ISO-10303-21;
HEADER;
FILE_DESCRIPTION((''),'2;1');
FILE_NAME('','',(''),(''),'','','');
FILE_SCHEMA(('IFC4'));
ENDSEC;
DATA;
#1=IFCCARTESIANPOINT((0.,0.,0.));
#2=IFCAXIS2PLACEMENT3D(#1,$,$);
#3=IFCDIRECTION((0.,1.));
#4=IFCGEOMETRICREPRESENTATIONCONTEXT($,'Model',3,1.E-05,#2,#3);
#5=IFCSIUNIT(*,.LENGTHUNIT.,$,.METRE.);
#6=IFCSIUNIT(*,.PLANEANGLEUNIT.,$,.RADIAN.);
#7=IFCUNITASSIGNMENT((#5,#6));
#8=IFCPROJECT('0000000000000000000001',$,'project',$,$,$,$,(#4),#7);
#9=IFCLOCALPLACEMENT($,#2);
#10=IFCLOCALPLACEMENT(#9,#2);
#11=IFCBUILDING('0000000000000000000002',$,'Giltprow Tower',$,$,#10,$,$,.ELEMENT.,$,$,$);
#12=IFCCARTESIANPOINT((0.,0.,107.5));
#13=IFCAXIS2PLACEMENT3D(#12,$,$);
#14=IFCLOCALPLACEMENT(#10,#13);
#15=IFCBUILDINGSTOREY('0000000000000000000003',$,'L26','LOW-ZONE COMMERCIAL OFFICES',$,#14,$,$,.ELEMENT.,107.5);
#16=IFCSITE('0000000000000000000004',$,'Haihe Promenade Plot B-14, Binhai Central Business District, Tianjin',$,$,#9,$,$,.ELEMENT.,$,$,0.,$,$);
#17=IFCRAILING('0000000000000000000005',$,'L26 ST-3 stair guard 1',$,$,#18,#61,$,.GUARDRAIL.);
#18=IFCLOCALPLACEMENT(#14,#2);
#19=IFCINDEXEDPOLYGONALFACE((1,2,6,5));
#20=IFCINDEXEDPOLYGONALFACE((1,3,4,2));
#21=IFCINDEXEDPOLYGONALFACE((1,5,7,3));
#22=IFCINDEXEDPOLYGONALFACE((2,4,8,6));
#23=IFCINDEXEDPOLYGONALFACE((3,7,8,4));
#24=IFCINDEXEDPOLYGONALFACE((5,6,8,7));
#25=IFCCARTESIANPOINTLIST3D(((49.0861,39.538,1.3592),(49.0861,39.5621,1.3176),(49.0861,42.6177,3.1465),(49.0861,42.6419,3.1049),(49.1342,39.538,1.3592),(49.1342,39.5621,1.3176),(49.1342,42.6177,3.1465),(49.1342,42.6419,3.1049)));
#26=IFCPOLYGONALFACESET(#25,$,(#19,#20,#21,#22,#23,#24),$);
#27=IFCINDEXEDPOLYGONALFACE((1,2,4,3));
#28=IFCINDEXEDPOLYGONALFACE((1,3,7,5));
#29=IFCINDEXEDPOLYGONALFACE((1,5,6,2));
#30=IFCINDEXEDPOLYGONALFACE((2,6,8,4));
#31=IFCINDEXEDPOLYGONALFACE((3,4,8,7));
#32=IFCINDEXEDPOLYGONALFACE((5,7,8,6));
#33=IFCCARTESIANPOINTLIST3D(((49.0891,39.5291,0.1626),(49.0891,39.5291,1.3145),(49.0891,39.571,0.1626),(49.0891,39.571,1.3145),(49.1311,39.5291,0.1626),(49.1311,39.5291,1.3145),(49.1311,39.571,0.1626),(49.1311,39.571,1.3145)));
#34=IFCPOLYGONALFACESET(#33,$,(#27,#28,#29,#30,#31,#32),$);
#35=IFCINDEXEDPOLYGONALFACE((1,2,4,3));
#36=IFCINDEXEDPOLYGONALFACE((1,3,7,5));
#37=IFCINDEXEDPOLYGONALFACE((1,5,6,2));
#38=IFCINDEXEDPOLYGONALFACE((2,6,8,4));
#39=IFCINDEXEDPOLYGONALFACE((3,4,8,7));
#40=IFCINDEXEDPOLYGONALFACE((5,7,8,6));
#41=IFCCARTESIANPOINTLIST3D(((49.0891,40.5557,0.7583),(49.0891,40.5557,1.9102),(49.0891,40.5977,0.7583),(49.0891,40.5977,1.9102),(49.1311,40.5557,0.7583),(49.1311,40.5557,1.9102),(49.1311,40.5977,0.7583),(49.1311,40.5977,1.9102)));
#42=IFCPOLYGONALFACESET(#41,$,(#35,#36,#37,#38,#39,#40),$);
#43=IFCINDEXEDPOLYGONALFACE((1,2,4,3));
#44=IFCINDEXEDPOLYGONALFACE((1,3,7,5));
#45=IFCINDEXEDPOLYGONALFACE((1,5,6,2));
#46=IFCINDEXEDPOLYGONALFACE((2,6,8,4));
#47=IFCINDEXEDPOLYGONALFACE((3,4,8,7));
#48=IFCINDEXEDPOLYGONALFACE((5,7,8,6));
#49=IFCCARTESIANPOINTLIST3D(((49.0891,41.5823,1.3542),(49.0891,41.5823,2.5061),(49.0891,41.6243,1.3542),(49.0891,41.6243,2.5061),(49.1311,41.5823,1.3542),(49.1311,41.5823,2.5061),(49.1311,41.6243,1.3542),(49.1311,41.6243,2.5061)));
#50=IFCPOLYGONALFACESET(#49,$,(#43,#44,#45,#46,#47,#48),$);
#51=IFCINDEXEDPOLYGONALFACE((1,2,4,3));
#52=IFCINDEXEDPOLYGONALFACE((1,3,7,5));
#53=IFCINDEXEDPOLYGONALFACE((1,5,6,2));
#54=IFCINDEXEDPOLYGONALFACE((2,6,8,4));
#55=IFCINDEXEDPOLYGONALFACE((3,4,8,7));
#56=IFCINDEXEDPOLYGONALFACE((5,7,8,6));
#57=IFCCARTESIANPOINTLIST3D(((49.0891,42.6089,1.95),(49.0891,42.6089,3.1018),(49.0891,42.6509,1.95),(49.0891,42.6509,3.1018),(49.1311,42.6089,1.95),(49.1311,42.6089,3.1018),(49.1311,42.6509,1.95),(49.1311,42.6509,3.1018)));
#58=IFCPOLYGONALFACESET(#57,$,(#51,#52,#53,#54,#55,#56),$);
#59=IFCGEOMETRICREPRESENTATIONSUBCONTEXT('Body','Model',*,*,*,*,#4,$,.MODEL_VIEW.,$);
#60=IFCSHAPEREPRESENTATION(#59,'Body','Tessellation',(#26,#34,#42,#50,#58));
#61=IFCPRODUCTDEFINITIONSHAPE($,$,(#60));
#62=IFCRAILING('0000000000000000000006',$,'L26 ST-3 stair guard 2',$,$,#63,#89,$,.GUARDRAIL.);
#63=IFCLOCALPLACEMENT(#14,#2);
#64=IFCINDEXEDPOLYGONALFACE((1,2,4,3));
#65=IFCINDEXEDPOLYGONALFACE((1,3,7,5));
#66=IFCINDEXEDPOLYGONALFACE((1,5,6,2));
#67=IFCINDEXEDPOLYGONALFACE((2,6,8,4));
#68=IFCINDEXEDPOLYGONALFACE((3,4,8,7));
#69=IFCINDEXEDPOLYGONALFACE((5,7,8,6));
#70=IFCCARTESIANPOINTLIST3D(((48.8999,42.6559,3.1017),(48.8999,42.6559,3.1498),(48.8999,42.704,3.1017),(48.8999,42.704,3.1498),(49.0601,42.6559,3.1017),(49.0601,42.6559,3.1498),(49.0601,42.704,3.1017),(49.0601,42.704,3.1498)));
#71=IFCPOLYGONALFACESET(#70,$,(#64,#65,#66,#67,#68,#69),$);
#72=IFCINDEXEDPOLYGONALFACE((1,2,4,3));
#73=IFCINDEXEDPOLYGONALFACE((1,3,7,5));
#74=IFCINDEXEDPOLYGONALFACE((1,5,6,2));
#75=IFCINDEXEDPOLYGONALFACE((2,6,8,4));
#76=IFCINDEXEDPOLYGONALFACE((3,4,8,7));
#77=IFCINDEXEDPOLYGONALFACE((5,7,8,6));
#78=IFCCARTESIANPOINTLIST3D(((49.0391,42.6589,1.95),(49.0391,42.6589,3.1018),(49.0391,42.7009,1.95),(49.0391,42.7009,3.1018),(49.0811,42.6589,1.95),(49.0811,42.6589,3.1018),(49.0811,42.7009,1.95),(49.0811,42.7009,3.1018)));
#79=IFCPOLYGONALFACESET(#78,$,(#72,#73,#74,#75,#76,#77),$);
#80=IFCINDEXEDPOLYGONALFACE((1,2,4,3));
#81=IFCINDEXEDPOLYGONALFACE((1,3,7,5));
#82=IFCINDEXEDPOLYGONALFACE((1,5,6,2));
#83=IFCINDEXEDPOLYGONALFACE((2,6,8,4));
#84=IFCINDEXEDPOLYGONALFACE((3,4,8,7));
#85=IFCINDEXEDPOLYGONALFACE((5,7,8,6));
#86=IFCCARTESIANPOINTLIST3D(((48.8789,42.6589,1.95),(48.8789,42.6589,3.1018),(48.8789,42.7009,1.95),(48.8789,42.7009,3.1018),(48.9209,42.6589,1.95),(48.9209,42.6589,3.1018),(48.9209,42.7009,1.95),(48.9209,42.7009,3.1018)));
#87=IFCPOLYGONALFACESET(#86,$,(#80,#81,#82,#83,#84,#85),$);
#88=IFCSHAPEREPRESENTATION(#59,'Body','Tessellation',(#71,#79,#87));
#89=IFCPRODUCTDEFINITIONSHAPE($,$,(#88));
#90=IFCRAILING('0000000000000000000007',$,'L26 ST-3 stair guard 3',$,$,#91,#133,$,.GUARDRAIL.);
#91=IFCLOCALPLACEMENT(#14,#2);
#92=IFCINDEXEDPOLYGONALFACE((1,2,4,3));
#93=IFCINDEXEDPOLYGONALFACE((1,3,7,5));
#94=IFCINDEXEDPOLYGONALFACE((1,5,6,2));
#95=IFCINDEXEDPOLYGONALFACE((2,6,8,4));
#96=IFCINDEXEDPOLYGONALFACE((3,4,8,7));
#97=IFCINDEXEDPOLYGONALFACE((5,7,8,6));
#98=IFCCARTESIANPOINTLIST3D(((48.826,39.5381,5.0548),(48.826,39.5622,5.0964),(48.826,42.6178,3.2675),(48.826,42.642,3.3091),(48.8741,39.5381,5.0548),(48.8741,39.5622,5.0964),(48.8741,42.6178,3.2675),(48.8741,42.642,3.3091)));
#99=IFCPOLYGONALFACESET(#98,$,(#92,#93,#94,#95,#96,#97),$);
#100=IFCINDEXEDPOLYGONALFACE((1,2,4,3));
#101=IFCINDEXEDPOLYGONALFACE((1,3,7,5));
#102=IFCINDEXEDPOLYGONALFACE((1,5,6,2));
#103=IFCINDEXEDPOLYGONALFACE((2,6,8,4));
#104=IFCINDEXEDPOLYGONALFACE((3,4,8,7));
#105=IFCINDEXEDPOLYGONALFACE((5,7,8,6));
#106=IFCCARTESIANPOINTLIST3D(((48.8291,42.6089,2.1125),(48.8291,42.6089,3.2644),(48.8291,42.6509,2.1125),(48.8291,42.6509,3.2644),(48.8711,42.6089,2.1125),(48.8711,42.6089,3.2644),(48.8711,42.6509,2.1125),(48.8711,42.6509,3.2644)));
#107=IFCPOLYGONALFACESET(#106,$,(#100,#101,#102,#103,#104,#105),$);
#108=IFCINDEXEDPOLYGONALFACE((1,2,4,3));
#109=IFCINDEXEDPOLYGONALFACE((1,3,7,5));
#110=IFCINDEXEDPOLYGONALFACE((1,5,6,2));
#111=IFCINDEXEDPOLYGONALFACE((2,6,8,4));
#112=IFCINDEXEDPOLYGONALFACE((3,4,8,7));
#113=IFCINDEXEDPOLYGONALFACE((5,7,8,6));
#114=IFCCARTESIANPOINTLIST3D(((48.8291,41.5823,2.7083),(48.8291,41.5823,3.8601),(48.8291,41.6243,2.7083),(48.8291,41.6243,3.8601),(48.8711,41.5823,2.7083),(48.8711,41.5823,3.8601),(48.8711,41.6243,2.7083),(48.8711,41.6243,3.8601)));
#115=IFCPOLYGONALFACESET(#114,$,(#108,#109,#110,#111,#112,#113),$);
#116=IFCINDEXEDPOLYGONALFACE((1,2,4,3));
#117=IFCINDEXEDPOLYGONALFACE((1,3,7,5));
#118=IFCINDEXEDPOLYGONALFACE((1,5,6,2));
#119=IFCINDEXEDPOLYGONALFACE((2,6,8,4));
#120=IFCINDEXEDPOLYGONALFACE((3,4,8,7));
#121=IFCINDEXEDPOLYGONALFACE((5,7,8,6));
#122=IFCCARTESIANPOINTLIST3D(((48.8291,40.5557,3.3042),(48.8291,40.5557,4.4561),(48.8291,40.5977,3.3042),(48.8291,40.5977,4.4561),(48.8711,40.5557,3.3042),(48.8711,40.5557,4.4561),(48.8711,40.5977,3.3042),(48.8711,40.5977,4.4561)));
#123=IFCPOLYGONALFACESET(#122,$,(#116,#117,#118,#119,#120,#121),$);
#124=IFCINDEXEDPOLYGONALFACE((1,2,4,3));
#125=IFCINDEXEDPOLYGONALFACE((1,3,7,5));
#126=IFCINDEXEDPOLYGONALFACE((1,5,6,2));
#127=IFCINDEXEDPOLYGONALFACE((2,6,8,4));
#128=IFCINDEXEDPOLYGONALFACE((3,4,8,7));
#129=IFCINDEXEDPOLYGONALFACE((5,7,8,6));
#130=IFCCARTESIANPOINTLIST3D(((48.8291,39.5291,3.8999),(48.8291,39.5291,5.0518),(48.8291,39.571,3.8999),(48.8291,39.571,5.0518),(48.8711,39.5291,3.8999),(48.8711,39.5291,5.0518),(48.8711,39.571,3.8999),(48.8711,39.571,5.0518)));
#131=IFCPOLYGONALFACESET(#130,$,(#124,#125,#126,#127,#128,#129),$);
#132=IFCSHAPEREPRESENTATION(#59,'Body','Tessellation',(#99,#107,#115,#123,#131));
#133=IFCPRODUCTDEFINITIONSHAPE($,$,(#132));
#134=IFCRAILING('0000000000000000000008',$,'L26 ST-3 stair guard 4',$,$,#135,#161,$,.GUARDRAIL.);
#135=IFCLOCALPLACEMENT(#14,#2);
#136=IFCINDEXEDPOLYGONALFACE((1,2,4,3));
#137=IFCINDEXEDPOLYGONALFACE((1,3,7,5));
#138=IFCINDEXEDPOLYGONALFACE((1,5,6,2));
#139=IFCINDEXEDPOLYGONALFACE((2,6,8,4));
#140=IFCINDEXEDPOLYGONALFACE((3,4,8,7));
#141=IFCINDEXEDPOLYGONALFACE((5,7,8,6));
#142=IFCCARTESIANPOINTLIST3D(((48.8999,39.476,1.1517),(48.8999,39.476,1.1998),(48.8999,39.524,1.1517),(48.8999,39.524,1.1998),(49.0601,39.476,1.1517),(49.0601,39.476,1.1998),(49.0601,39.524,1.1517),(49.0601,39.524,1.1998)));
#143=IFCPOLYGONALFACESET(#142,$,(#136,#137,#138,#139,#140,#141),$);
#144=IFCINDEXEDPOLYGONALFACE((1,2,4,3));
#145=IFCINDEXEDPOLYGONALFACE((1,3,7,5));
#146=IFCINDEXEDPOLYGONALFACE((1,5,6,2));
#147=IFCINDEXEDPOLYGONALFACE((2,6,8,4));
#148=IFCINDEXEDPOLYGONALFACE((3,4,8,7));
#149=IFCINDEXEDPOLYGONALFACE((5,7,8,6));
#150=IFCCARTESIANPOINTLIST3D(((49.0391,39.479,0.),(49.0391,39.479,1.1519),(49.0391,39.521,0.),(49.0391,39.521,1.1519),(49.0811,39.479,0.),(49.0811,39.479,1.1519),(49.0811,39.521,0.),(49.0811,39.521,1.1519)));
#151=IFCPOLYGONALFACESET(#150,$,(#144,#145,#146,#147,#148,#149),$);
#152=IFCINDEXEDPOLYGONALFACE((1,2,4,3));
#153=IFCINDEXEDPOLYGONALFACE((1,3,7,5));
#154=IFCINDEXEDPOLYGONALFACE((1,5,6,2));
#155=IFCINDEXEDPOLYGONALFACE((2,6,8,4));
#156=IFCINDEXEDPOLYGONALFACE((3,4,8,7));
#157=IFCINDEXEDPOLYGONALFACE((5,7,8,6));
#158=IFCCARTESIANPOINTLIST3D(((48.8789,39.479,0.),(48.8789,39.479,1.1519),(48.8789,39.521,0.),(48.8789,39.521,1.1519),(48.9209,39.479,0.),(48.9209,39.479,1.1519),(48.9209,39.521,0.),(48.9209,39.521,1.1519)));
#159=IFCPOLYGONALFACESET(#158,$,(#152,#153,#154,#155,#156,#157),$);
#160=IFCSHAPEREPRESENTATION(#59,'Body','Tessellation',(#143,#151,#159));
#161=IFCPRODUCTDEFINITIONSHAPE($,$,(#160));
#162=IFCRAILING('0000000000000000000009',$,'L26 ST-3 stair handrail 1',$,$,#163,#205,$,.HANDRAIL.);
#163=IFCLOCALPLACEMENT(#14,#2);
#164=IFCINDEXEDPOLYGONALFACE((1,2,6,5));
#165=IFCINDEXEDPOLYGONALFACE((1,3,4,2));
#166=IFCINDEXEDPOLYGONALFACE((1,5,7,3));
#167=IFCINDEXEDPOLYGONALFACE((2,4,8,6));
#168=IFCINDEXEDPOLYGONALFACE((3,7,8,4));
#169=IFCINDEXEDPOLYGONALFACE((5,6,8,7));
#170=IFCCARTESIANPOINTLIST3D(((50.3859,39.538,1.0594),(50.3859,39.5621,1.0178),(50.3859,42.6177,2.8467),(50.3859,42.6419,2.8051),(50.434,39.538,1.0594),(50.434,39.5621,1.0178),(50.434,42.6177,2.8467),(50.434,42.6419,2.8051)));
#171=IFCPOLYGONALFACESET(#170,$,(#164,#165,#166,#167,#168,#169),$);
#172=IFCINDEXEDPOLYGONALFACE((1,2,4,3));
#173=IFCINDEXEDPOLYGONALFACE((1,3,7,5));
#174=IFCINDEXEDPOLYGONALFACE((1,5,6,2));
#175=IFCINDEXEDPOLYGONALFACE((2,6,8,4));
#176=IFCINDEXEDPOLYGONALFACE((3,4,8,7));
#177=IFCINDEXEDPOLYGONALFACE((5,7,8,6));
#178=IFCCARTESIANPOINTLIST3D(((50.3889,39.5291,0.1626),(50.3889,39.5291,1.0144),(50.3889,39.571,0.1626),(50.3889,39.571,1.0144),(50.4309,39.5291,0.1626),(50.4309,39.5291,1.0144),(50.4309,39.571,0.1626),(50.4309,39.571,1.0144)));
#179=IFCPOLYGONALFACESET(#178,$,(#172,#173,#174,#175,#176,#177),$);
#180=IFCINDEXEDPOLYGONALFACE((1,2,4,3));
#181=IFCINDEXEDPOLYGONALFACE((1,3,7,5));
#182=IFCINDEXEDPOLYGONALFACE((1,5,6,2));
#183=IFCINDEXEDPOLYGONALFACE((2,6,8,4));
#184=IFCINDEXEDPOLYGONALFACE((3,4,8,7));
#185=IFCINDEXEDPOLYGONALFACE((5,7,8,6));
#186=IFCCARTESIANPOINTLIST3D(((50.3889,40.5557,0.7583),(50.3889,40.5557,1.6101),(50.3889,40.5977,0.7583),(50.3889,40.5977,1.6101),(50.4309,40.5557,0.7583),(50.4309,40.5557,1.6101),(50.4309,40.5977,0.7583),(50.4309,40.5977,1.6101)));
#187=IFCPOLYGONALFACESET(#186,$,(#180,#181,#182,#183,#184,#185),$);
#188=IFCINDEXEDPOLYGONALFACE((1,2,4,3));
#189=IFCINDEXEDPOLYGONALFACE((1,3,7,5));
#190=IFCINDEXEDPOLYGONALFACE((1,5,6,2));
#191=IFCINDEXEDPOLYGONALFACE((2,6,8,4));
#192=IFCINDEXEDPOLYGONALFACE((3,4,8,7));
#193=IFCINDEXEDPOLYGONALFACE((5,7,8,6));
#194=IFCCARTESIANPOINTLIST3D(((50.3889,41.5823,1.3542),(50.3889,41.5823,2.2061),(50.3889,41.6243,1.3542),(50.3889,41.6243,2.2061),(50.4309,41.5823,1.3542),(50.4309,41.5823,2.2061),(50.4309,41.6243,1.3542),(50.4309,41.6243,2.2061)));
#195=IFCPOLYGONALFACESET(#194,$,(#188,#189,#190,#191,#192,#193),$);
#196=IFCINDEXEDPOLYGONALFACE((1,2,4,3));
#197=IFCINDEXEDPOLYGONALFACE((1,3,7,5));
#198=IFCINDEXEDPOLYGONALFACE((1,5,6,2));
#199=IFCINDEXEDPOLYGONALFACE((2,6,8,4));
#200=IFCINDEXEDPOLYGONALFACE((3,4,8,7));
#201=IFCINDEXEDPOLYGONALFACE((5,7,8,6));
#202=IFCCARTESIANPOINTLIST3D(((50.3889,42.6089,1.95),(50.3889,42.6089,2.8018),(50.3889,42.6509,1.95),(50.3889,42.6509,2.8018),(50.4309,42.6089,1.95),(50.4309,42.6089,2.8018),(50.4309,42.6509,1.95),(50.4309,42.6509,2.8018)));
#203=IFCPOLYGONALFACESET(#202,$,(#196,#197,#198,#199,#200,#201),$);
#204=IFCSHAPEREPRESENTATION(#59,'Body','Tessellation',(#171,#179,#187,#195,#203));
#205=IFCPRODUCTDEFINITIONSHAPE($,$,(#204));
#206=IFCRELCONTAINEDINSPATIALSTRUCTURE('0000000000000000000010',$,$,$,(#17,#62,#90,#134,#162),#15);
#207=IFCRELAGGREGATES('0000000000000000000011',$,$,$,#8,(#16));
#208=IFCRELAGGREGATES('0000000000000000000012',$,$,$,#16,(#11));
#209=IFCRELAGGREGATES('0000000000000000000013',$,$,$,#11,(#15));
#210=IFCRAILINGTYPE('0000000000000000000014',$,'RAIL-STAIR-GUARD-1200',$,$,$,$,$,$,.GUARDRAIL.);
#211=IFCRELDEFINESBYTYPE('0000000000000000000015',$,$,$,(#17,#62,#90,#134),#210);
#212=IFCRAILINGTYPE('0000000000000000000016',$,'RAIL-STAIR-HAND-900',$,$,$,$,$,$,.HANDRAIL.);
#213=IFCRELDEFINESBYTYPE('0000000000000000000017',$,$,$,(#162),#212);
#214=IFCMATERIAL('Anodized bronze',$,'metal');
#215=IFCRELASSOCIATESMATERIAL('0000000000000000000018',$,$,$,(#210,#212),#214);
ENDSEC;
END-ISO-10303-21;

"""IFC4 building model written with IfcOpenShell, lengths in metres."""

from ifc_helpers import new_model, si_unit, direction, frame, origin, origin_2d, place, context, subcontext, project, spatial, rectangle, extrude, material, type_object, element, save


model = new_model("IFC4")

# Units and contexts
model_context = context("Model", 3, precision=1e-05, world=origin(), true_north=direction((0.0, 1.0)))
body_context = subcontext(model_context, "Body", "Model", "MODEL_VIEW")
ifc_project = project(units=[si_unit("LENGTHUNIT", "METRE"), si_unit("PLANEANGLEUNIT", "RADIAN")], contexts=[model_context])

# Site, building, storey
site_placement = place(None, origin())
site = spatial("IfcSite", under=ifc_project, at=site_placement, Name="Haihe Promenade Plot B-14, Binhai Central Business District, Tianjin", CompositionType="ELEMENT", RefElevation=0.0)
building_placement = place(site_placement, origin())
building = spatial("IfcBuilding", under=site, at=building_placement, Name="Giltprow Tower", CompositionType="ELEMENT")
storey_placement = place(building_placement, frame((0.0, 0.0, 107.5)))
storey = spatial("IfcBuildingStorey", under=building, at=storey_placement, Name="L26", Description="LOW-ZONE COMMERCIAL OFFICES", CompositionType="ELEMENT", Elevation=107.5)

# Railings
ifc_material_1 = material(Name="Anodized bronze", Category="metal")
railing_type_1 = type_object("IfcRailingType", Name="RAIL-STAIR-GUARD-1200", PredefinedType="GUARDRAIL", material=ifc_material_1)
railing_1_placement = place(storey_placement, frame((49.1101, 39.55, 0.1626)))
element("IfcRailing", 1, at=railing_1_placement, inside=storey, type_object=railing_type_1, Name="L26 ST-3 stair guard 1", PredefinedType="GUARDRAIL", context=body_context, shape_type="SweptSolid", body=[
    extrude(rectangle(XDim=0.0481, YDim=0.0481, at=origin_2d()), frame((0.0, 0.0, 1.1758), z_axis=(0.0, 0.864903, 0.501939), x_axis=(-1.0, 0.0, 0.0)), (0.0, 0.0, 1.0), 3.5608),
    extrude(rectangle(XDim=0.042, YDim=0.042, at=origin_2d()), origin(), (0.0, 0.0, 1.0), 1.1519),
    extrude(rectangle(XDim=0.042, YDim=0.042, at=origin_2d()), frame((0.0, 1.0266, 0.5957)), (0.0, 0.0, 1.0), 1.1519),
    extrude(rectangle(XDim=0.042, YDim=0.042, at=origin_2d()), frame((0.0, 2.0532, 1.1917)), (0.0, 0.0, 1.0), 1.1519),
    extrude(rectangle(XDim=0.042, YDim=0.042, at=origin_2d()), frame((0.0, 3.0798, 1.7874)), (0.0, 0.0, 1.0), 1.1519),
])
railing_2_placement = place(storey_placement, frame((49.0601, 42.6799, 1.95)))
element("IfcRailing", 2, at=railing_2_placement, inside=storey, type_object=railing_type_1, Name="L26 ST-3 stair guard 2", PredefinedType="GUARDRAIL", context=body_context, shape_type="SweptSolid", body=[
    extrude(rectangle(XDim=0.0481, YDim=0.0481, at=origin_2d()), frame((0.0, 0.0, 1.1758), z_axis=(-1.0, 0.0, 0.0), x_axis=(0.0, -1.0, 0.0)), (0.0, 0.0, 1.0), 0.1602),
    extrude(rectangle(XDim=0.042, YDim=0.042, at=origin_2d()), origin(), (0.0, 0.0, 1.0), 1.1519),
    extrude(rectangle(XDim=0.042, YDim=0.042, at=origin_2d()), frame((-0.1602, 0.0, 0.0)), (0.0, 0.0, 1.0), 1.1519),
])
railing_3_placement = place(storey_placement, frame((48.8501, 42.6299, 2.1125)))
element("IfcRailing", 3, at=railing_3_placement, inside=storey, type_object=railing_type_1, Name="L26 ST-3 stair guard 3", PredefinedType="GUARDRAIL", context=body_context, shape_type="SweptSolid", body=[
    extrude(rectangle(XDim=0.0481, YDim=0.0481, at=origin_2d()), frame((0.0, 0.0, 1.1758), z_axis=(0.0, -0.864903, 0.501939), x_axis=(1.0, 0.0, 0.0)), (0.0, 0.0, 1.0), 3.5608),
    extrude(rectangle(XDim=0.042, YDim=0.042, at=origin_2d()), origin(), (0.0, 0.0, 1.0), 1.1519),
    extrude(rectangle(XDim=0.042, YDim=0.042, at=origin_2d()), frame((0.0, -1.0266, 0.5957)), (0.0, 0.0, 1.0), 1.1519),
    extrude(rectangle(XDim=0.042, YDim=0.042, at=origin_2d()), frame((0.0, -2.0532, 1.1917)), (0.0, 0.0, 1.0), 1.1519),
    extrude(rectangle(XDim=0.042, YDim=0.042, at=origin_2d()), frame((0.0, -3.0798, 1.7874)), (0.0, 0.0, 1.0), 1.1519),
])
railing_4_placement = place(storey_placement, frame((49.0601, 39.5, 0.0)))
element("IfcRailing", 4, at=railing_4_placement, inside=storey, type_object=railing_type_1, Name="L26 ST-3 stair guard 4", PredefinedType="GUARDRAIL", context=body_context, shape_type="SweptSolid", body=[
    extrude(rectangle(XDim=0.0481, YDim=0.0481, at=origin_2d()), frame((0.0, 0.0, 1.1758), z_axis=(-1.0, 0.0, 0.0), x_axis=(0.0, -1.0, 0.0)), (0.0, 0.0, 1.0), 0.1602),
    extrude(rectangle(XDim=0.042, YDim=0.042, at=origin_2d()), origin(), (0.0, 0.0, 1.0), 1.1519),
    extrude(rectangle(XDim=0.042, YDim=0.042, at=origin_2d()), frame((-0.1602, 0.0, 0.0)), (0.0, 0.0, 1.0), 1.1519),
])
railing_type_2 = type_object("IfcRailingType", Name="RAIL-STAIR-HAND-900", PredefinedType="HANDRAIL", material=ifc_material_1)
railing_5_placement = place(storey_placement, frame((50.4099, 39.55, 0.1626)))
element("IfcRailing", 5, at=railing_5_placement, inside=storey, type_object=railing_type_2, Name="L26 ST-3 stair handrail 1", PredefinedType="HANDRAIL", context=body_context, shape_type="SweptSolid", body=[
    extrude(rectangle(XDim=0.0481, YDim=0.0481, at=origin_2d()), frame((0.0, 0.0, 0.876), z_axis=(0.0, 0.864903, 0.501939), x_axis=(-1.0, 0.0, 0.0)), (0.0, 0.0, 1.0), 3.5608),
    extrude(rectangle(XDim=0.042, YDim=0.042, at=origin_2d()), origin(), (0.0, 0.0, 1.0), 0.8518),
    extrude(rectangle(XDim=0.042, YDim=0.042, at=origin_2d()), frame((0.0, 1.0266, 0.5957)), (0.0, 0.0, 1.0), 0.8518),
    extrude(rectangle(XDim=0.042, YDim=0.042, at=origin_2d()), frame((0.0, 2.0532, 1.1917)), (0.0, 0.0, 1.0), 0.8518),
    extrude(rectangle(XDim=0.042, YDim=0.042, at=origin_2d()), frame((0.0, 3.0798, 1.7874)), (0.0, 0.0, 1.0), 0.8518),
])

save(model, "model.ifc")
